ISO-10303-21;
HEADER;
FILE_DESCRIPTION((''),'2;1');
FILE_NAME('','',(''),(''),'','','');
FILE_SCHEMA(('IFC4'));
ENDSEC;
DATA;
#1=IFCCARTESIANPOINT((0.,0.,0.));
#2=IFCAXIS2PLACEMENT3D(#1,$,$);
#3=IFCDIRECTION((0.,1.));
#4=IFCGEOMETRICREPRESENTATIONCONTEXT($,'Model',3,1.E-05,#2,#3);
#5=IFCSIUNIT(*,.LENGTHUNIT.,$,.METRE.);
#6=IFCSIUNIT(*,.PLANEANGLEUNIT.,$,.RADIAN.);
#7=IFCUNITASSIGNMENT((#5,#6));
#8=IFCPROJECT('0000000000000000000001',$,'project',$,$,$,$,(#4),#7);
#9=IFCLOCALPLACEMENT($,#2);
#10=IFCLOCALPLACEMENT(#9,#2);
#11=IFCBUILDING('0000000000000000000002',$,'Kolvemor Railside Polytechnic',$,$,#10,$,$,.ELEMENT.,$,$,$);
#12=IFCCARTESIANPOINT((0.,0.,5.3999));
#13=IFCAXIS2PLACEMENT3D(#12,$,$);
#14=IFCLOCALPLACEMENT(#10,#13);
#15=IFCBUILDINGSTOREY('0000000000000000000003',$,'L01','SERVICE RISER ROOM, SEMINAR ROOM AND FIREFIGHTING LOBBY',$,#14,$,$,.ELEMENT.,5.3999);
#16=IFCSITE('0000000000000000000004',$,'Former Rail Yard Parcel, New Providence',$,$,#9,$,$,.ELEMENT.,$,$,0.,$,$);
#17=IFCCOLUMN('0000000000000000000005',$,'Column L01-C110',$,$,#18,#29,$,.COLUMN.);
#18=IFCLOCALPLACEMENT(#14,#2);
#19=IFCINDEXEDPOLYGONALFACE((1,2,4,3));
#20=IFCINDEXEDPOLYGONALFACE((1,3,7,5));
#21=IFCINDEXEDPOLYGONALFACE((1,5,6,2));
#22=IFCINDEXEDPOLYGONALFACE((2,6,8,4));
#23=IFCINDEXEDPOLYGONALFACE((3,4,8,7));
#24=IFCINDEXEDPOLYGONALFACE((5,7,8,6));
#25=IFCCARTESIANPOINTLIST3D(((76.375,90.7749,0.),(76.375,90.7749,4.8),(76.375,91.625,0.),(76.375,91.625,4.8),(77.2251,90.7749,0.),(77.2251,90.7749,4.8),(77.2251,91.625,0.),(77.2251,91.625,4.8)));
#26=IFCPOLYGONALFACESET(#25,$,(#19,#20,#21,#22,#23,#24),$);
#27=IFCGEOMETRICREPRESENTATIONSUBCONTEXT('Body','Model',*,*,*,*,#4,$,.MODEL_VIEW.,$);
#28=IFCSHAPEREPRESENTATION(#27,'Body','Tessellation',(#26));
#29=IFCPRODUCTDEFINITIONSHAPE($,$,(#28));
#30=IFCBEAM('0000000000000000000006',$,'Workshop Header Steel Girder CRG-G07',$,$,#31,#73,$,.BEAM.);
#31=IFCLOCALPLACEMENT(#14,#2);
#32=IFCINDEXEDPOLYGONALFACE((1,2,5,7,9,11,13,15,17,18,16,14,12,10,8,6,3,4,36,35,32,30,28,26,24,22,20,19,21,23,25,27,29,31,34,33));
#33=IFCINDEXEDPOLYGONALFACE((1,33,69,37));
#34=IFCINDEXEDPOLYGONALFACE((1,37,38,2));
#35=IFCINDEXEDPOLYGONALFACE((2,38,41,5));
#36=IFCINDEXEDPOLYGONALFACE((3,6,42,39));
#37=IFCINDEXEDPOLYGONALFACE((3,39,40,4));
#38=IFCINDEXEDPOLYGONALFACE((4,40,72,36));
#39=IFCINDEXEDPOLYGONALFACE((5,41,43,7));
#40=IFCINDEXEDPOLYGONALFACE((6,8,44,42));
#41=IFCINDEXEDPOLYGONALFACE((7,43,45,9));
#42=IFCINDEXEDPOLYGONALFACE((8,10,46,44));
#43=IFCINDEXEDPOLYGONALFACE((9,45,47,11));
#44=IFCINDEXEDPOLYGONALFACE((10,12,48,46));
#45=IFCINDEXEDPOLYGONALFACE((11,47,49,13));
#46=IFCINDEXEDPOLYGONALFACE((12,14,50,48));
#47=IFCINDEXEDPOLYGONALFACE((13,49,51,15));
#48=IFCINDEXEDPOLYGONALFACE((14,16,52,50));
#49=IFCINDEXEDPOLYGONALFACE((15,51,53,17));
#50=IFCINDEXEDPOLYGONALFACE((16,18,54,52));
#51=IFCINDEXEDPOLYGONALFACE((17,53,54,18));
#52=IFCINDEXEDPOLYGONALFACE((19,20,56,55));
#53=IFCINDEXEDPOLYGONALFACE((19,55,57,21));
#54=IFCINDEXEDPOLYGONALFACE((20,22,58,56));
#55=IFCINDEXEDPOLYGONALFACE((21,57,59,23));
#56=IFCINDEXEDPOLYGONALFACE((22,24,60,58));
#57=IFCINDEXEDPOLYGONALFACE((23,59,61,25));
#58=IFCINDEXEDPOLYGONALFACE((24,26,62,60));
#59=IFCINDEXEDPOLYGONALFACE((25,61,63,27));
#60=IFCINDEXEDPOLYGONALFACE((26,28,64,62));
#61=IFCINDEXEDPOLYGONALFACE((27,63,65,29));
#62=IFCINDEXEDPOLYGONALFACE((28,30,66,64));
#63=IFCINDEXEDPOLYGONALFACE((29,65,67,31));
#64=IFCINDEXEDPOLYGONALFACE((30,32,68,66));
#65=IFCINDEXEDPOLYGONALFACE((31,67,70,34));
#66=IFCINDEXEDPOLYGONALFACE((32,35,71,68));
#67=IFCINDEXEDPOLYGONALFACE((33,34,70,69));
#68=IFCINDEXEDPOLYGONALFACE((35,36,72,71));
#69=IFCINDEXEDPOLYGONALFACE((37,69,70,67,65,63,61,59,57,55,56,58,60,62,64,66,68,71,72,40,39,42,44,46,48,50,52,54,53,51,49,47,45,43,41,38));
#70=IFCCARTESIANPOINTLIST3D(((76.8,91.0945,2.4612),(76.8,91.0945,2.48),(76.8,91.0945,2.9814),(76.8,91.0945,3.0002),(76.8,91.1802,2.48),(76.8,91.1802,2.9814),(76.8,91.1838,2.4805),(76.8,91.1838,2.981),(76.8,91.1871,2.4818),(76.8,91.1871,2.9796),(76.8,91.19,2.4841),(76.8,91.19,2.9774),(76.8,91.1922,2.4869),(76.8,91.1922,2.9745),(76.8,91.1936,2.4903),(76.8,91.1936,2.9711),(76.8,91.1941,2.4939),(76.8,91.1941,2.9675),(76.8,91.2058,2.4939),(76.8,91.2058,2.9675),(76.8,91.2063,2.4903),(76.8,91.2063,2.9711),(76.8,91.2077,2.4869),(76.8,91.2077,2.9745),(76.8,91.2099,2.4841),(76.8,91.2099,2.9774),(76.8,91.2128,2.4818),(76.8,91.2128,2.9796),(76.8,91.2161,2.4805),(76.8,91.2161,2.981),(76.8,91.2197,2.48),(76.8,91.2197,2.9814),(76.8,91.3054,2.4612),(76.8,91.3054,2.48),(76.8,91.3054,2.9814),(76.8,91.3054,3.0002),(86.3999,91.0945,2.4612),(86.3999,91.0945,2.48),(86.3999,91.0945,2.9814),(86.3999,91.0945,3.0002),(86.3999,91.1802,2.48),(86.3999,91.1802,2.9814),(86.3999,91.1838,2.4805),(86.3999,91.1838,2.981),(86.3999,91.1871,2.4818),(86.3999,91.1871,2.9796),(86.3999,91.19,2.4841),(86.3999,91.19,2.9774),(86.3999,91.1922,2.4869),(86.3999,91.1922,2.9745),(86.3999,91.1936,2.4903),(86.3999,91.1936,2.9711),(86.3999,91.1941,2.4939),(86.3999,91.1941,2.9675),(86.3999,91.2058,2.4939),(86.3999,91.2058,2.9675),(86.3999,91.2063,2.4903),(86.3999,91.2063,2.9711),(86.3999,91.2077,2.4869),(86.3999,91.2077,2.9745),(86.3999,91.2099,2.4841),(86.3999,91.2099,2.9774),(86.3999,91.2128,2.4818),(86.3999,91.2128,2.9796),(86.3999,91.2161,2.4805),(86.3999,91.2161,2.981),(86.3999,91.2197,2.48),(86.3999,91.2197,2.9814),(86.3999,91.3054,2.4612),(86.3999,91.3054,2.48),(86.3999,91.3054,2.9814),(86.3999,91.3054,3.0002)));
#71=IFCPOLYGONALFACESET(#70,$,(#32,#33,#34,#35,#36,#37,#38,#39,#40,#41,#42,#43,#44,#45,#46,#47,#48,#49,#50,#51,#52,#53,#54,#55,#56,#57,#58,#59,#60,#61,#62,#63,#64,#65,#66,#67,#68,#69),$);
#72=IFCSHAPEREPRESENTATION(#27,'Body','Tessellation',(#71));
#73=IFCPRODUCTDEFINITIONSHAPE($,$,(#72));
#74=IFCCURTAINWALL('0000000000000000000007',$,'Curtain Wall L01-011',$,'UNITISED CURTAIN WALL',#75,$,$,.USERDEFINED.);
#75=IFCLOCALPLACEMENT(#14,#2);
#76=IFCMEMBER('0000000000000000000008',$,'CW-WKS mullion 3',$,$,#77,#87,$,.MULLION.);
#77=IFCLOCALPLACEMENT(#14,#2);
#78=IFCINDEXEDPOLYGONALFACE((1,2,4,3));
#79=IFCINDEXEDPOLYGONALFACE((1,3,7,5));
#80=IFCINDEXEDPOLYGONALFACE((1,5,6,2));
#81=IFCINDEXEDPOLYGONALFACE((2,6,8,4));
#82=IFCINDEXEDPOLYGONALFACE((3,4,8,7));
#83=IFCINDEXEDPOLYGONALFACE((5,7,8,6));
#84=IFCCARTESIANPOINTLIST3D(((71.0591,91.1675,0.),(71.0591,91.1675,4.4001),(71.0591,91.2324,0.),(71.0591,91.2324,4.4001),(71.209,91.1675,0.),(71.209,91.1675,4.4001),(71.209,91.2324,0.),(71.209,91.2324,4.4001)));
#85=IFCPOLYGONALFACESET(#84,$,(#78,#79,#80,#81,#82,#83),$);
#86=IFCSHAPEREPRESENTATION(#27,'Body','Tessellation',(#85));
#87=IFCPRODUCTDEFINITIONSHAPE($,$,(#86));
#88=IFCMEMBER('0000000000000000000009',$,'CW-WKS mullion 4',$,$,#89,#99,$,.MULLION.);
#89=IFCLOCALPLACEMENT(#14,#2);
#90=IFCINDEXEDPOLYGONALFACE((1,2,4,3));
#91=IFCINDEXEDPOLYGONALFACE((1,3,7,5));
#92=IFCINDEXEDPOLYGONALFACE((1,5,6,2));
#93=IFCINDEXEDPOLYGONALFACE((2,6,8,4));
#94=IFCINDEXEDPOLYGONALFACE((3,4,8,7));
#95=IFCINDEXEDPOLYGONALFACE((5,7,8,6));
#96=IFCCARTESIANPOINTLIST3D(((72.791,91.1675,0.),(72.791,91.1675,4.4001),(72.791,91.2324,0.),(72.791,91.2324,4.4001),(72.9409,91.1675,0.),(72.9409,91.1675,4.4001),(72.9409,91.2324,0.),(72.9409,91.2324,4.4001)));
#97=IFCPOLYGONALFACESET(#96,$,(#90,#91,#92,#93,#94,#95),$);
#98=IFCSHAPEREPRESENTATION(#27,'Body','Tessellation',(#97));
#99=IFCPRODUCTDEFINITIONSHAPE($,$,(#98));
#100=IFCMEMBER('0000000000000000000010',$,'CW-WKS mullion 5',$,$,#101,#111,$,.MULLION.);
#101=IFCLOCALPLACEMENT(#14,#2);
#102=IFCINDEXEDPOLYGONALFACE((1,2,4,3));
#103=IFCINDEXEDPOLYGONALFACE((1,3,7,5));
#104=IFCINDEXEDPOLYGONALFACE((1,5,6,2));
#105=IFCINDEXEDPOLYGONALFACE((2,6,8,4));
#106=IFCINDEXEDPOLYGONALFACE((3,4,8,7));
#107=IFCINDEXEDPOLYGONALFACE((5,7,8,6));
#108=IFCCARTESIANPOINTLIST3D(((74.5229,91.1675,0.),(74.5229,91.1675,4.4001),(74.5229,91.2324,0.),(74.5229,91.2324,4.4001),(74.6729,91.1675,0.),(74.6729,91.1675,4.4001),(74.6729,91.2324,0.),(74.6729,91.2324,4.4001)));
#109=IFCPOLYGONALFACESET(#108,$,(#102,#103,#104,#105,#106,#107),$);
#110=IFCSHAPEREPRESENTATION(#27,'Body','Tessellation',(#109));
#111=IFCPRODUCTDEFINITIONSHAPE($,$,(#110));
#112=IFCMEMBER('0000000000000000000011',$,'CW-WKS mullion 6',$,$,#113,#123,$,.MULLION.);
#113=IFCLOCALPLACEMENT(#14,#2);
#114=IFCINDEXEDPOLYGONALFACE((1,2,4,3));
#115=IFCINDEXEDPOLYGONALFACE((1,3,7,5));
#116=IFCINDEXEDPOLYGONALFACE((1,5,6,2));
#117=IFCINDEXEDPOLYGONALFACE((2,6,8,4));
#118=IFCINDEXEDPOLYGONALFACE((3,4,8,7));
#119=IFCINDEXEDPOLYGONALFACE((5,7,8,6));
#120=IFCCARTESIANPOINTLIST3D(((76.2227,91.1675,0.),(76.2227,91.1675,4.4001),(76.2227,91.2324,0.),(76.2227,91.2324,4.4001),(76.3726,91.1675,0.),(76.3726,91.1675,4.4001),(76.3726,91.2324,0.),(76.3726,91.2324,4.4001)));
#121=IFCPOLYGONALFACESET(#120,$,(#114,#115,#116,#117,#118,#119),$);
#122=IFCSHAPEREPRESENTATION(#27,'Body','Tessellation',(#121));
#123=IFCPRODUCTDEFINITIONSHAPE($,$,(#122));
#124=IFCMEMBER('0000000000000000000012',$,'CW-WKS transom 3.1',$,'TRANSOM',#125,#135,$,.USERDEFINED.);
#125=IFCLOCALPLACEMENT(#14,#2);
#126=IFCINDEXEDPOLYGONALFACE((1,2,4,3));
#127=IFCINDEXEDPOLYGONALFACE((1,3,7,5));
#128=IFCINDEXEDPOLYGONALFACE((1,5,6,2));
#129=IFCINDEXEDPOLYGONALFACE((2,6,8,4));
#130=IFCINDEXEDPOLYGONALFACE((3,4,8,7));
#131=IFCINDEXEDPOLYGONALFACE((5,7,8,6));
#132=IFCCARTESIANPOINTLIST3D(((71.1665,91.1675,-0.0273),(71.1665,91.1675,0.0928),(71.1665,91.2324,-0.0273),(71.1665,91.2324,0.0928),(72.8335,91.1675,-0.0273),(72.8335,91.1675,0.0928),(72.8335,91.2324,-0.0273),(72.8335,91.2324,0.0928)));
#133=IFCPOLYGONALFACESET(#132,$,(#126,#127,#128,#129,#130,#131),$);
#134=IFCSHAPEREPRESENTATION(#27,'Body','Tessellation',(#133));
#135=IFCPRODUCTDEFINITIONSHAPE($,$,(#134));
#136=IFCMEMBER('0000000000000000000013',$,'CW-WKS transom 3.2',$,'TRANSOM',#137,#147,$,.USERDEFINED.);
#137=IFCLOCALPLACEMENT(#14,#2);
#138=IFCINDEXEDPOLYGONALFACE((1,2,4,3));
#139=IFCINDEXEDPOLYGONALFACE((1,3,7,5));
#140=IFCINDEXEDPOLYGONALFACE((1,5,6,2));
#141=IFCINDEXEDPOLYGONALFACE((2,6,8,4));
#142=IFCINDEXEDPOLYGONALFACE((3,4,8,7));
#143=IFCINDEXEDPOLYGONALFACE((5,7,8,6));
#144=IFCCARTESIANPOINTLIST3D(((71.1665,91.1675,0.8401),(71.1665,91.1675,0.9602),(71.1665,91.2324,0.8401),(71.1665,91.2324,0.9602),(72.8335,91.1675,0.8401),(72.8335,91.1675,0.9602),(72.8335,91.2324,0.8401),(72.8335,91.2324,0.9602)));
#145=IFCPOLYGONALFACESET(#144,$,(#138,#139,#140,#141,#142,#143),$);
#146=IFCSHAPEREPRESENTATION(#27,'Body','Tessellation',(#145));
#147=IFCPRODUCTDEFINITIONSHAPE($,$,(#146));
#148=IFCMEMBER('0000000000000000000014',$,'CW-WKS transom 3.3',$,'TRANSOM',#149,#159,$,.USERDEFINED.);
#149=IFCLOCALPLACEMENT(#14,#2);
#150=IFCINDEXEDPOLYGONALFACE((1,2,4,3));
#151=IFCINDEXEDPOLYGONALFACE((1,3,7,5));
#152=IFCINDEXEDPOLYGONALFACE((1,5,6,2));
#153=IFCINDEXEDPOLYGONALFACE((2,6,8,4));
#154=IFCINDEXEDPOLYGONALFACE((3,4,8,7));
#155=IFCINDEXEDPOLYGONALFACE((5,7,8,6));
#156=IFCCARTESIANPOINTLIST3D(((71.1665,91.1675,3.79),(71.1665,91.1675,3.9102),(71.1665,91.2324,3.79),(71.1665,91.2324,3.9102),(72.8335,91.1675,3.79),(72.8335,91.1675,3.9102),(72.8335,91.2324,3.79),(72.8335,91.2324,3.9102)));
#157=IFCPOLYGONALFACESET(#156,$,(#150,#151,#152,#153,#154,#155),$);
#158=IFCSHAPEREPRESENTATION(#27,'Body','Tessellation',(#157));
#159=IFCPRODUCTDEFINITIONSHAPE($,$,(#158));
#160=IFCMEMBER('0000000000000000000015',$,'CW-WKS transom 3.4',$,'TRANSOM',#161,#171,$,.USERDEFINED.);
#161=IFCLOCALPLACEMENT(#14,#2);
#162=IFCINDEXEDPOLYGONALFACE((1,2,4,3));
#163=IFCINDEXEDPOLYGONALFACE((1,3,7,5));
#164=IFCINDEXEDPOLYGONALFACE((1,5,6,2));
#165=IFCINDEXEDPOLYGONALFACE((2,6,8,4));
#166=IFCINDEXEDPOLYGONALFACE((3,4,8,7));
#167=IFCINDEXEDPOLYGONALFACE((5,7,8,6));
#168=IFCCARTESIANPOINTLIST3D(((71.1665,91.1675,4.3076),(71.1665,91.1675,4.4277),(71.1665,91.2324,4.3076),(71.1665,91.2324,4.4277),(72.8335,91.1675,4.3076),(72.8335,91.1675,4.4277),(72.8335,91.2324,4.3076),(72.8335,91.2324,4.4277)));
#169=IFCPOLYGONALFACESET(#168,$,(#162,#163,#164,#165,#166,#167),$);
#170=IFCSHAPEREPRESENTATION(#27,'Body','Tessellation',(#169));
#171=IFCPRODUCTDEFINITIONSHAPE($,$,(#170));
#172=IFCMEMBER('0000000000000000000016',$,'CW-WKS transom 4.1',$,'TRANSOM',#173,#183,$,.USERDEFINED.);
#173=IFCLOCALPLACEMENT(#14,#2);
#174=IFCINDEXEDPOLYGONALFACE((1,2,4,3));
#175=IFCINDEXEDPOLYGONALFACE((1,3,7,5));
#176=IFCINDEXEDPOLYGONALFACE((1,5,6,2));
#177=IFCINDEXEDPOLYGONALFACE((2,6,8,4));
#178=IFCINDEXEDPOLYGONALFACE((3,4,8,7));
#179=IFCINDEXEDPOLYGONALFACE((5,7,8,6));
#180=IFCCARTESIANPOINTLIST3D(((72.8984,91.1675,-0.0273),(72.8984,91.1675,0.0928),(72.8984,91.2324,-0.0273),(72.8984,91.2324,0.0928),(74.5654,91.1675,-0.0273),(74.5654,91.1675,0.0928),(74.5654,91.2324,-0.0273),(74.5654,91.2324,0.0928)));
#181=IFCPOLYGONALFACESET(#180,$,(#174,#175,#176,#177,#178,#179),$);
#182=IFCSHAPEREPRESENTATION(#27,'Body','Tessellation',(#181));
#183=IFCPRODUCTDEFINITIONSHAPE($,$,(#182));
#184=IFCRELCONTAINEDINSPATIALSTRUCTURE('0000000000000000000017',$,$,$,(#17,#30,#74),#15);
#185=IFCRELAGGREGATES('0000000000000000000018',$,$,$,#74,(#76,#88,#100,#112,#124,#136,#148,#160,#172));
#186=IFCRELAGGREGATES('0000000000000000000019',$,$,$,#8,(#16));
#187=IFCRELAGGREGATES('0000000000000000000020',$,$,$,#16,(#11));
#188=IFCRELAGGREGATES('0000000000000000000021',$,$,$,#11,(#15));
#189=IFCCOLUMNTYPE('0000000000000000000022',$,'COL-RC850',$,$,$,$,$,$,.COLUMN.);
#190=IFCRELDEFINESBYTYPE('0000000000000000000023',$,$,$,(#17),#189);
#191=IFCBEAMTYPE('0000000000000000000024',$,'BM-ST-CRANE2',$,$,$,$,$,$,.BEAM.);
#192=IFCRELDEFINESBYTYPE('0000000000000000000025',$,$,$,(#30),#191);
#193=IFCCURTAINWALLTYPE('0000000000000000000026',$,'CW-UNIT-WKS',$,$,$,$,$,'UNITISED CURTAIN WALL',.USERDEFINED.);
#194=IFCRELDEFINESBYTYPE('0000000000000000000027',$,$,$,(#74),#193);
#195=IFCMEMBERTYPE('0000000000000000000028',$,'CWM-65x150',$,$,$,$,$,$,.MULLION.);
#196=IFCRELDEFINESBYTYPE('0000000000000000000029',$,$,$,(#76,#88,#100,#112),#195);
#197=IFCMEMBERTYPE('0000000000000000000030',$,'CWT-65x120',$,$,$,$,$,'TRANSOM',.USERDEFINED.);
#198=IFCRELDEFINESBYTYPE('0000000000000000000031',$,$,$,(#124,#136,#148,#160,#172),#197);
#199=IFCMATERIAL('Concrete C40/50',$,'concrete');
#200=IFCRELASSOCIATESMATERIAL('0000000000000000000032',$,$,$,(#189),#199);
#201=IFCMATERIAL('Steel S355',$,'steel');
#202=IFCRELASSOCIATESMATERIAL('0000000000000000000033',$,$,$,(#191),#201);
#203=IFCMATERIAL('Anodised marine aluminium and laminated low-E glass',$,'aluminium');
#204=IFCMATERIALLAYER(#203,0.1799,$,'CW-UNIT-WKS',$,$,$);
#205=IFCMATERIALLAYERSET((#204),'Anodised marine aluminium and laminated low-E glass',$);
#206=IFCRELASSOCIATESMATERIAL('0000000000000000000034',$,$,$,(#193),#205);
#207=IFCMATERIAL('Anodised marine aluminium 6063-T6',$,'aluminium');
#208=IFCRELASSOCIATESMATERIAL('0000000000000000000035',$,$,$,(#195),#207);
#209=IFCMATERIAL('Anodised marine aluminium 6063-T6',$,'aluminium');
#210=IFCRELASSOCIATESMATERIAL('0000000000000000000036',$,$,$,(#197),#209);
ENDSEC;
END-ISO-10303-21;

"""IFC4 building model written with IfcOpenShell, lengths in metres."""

from ifc_helpers import new_model, si_unit, direction, frame, origin, origin_2d, place, context, subcontext, project, spatial, rectangle, i_section, extrude, material, layer, layer_set, material_profile, profile_set, type_object, element, aggregate, save


model = new_model("IFC4")

# Units and contexts
model_context = context("Model", 3, precision=1e-05, world=origin(), true_north=direction((0.0, 1.0)))
body_context = subcontext(model_context, "Body", "Model", "MODEL_VIEW")
ifc_project = project(units=[si_unit("LENGTHUNIT", "METRE"), si_unit("PLANEANGLEUNIT", "RADIAN")], contexts=[model_context])

# Site, building, storey
site_placement = place(None, origin())
site = spatial("IfcSite", under=ifc_project, at=site_placement, Name="Former Rail Yard Parcel, New Providence", CompositionType="ELEMENT", RefElevation=0.0)
building_placement = place(site_placement, origin())
building = spatial("IfcBuilding", under=site, at=building_placement, Name="Kolvemor Railside Polytechnic", CompositionType="ELEMENT")
storey_placement = place(building_placement, frame((0.0, 0.0, 5.3999)))
storey = spatial("IfcBuildingStorey", under=building, at=storey_placement, Name="L01", Description="SERVICE RISER ROOM, SEMINAR ROOM AND FIREFIGHTING LOBBY", CompositionType="ELEMENT", Elevation=5.3999)

# Column
ifc_material_1 = material(Name="Concrete C40/50", Category="concrete")
ifc_material_profile_1 = material_profile(ifc_material_1, rectangle(XDim=0.8501, YDim=0.8501, at=origin_2d()), Name="RC850x850")
ifc_profile_set_1 = profile_set([ifc_material_profile_1], Name="Concrete C40/50")
column_type = type_object("IfcColumnType", Name="COL-RC850", PredefinedType="COLUMN", material=ifc_profile_set_1)
column_placement = place(storey_placement, frame((76.8, 91.2, 0.0), z_axis=(0.0, 0.0, 1.0), x_axis=(1.0, 0.0, 0.0)))
element("IfcColumn", 1, at=column_placement, inside=storey, type_object=column_type, Name="Column L01-C110", PredefinedType="COLUMN", context=body_context, shape_type="SweptSolid", body=[
    extrude(rectangle(XDim=0.8501, YDim=0.8501, at=origin_2d()), origin(), (0.0, 0.0, 1.0), 4.8),
])

# Beam
ifc_material_2 = material(Name="Steel S355", Category="steel")
ifc_material_profile_2 = material_profile(ifc_material_2, i_section(OverallWidth=0.2109, OverallDepth=0.5391, WebThickness=0.0117, FlangeThickness=0.0188, FilletRadius=0.0139, at=origin_2d()), Name="W530x109")
ifc_profile_set_2 = profile_set([ifc_material_profile_2], Name="Steel S355")
beam_type = type_object("IfcBeamType", Name="BM-ST-CRANE2", PredefinedType="BEAM", material=ifc_profile_set_2)
beam_placement = place(storey_placement, frame((76.8, 91.2, 2.7307), z_axis=(1.0, 0.0, 0.0), x_axis=(0.0, 1.0, 0.0)))
element("IfcBeam", 2, at=beam_placement, inside=storey, type_object=beam_type, Name="Workshop Header Steel Girder CRG-G07", PredefinedType="BEAM", context=body_context, shape_type="SweptSolid", body=[
    extrude(i_section(OverallWidth=0.2109, OverallDepth=0.5391, WebThickness=0.0117, FlangeThickness=0.0188, FilletRadius=0.0139, at=origin_2d()), origin(), (0.0, 0.0, 1.0), 9.5999),
])

# Curtain wall, members
ifc_material_3 = material(Name="Anodised marine aluminium and laminated low-E glass", Category="aluminium")
ifc_layer_1 = layer(ifc_material_3, 0.1799, Name="CW-UNIT-WKS")
ifc_layer_set_1 = layer_set([ifc_layer_1], Name="Anodised marine aluminium and laminated low-E glass")
curtain_wall_type = type_object("IfcCurtainWallType", Name="CW-UNIT-WKS", ElementType="UNITISED CURTAIN WALL", PredefinedType="USERDEFINED", material=ifc_layer_set_1)
curtain_wall_placement = place(storey_placement, origin())
curtain_wall = element("IfcCurtainWall", 3, at=curtain_wall_placement, inside=storey, type_object=curtain_wall_type, Name="Curtain Wall L01-011", ObjectType="UNITISED CURTAIN WALL", PredefinedType="USERDEFINED")
ifc_material_4 = material(Name="Anodised marine aluminium 6063-T6", Category="aluminium")
ifc_material_profile_3 = material_profile(ifc_material_4, rectangle(XDim=0.0649, YDim=0.1499, at=origin_2d()), Name="CW-MUL-65x150")
ifc_profile_set_3 = profile_set([ifc_material_profile_3], Name="Anodised marine aluminium 6063-T6")
member_type_1 = type_object("IfcMemberType", Name="CWM-65x150", PredefinedType="MULLION", material=ifc_profile_set_3)
member_1_placement = place(storey_placement, frame((71.134, 91.2, 0.0), z_axis=(0.0, 0.0, 1.0), x_axis=(0.0, 1.0, 0.0)))
member_1 = element("IfcMember", 4, at=member_1_placement, type_object=member_type_1, Name="CW-WKS mullion 3", PredefinedType="MULLION", context=body_context, shape_type="SweptSolid", body=[
    extrude(rectangle(XDim=0.0649, YDim=0.1499, at=origin_2d()), origin(), (0.0, 0.0, 1.0), 4.4001),
])
member_2_placement = place(storey_placement, frame((72.866, 91.2, 0.0), z_axis=(0.0, 0.0, 1.0), x_axis=(0.0, 1.0, 0.0)))
member_2 = element("IfcMember", 5, at=member_2_placement, type_object=member_type_1, Name="CW-WKS mullion 4", PredefinedType="MULLION", context=body_context, shape_type="SweptSolid", body=[
    extrude(rectangle(XDim=0.0649, YDim=0.1499, at=origin_2d()), origin(), (0.0, 0.0, 1.0), 4.4001),
])
member_3_placement = place(storey_placement, frame((74.5979, 91.2, 0.0), z_axis=(0.0, 0.0, 1.0), x_axis=(0.0, 1.0, 0.0)))
member_3 = element("IfcMember", 6, at=member_3_placement, type_object=member_type_1, Name="CW-WKS mullion 5", PredefinedType="MULLION", context=body_context, shape_type="SweptSolid", body=[
    extrude(rectangle(XDim=0.0649, YDim=0.1499, at=origin_2d()), origin(), (0.0, 0.0, 1.0), 4.4001),
])
member_4_placement = place(storey_placement, frame((76.2976, 91.2, 0.0), z_axis=(0.0, 0.0, 1.0), x_axis=(0.0, 1.0, 0.0)))
member_4 = element("IfcMember", 7, at=member_4_placement, type_object=member_type_1, Name="CW-WKS mullion 6", PredefinedType="MULLION", context=body_context, shape_type="SweptSolid", body=[
    extrude(rectangle(XDim=0.0649, YDim=0.1499, at=origin_2d()), origin(), (0.0, 0.0, 1.0), 4.4001),
])
ifc_material_5 = material(Name="Anodised marine aluminium 6063-T6", Category="aluminium")
ifc_material_profile_4 = material_profile(ifc_material_5, rectangle(XDim=0.0649, YDim=0.1201, at=origin_2d()), Name="CW-TRN-65x120")
ifc_profile_set_4 = profile_set([ifc_material_profile_4], Name="Anodised marine aluminium 6063-T6")
member_type_2 = type_object("IfcMemberType", Name="CWT-65x120", ElementType="TRANSOM", PredefinedType="USERDEFINED", material=ifc_profile_set_4)
member_5_placement = place(storey_placement, frame((71.1665, 91.2, 0.0327), z_axis=(1.0, 0.0, 0.0), x_axis=(0.0, 1.0, 0.0)))
member_5 = element("IfcMember", 8, at=member_5_placement, type_object=member_type_2, Name="CW-WKS transom 3.1", ObjectType="TRANSOM", PredefinedType="USERDEFINED", context=body_context, shape_type="SweptSolid", body=[
    extrude(rectangle(XDim=0.0649, YDim=0.1201, at=origin_2d()), origin(), (0.0, 0.0, 1.0), 1.667),
])
member_6_placement = place(storey_placement, frame((71.1665, 91.2, 0.9001), z_axis=(1.0, 0.0, 0.0), x_axis=(0.0, 1.0, 0.0)))
member_6 = element("IfcMember", 9, at=member_6_placement, type_object=member_type_2, Name="CW-WKS transom 3.2", ObjectType="TRANSOM", PredefinedType="USERDEFINED", context=body_context, shape_type="SweptSolid", body=[
    extrude(rectangle(XDim=0.0649, YDim=0.1201, at=origin_2d()), origin(), (0.0, 0.0, 1.0), 1.667),
])
member_7_placement = place(storey_placement, frame((71.1665, 91.2, 3.8501), z_axis=(1.0, 0.0, 0.0), x_axis=(0.0, 1.0, 0.0)))
member_7 = element("IfcMember", 10, at=member_7_placement, type_object=member_type_2, Name="CW-WKS transom 3.3", ObjectType="TRANSOM", PredefinedType="USERDEFINED", context=body_context, shape_type="SweptSolid", body=[
    extrude(rectangle(XDim=0.0649, YDim=0.1201, at=origin_2d()), origin(), (0.0, 0.0, 1.0), 1.667),
])
member_8_placement = place(storey_placement, frame((71.1665, 91.2, 4.3677), z_axis=(1.0, 0.0, 0.0), x_axis=(0.0, 1.0, 0.0)))
member_8 = element("IfcMember", 11, at=member_8_placement, type_object=member_type_2, Name="CW-WKS transom 3.4", ObjectType="TRANSOM", PredefinedType="USERDEFINED", context=body_context, shape_type="SweptSolid", body=[
    extrude(rectangle(XDim=0.0649, YDim=0.1201, at=origin_2d()), origin(), (0.0, 0.0, 1.0), 1.667),
])
member_9_placement = place(storey_placement, frame((72.8984, 91.2, 0.0327), z_axis=(1.0, 0.0, 0.0), x_axis=(0.0, 1.0, 0.0)))
member_9 = element("IfcMember", 12, at=member_9_placement, type_object=member_type_2, Name="CW-WKS transom 4.1", ObjectType="TRANSOM", PredefinedType="USERDEFINED", context=body_context, shape_type="SweptSolid", body=[
    extrude(rectangle(XDim=0.0649, YDim=0.1201, at=origin_2d()), origin(), (0.0, 0.0, 1.0), 1.667),
])
aggregate(curtain_wall, [member_1, member_2, member_3, member_4, member_5, member_6, member_7, member_8, member_9])

save(model, "model.ifc")
